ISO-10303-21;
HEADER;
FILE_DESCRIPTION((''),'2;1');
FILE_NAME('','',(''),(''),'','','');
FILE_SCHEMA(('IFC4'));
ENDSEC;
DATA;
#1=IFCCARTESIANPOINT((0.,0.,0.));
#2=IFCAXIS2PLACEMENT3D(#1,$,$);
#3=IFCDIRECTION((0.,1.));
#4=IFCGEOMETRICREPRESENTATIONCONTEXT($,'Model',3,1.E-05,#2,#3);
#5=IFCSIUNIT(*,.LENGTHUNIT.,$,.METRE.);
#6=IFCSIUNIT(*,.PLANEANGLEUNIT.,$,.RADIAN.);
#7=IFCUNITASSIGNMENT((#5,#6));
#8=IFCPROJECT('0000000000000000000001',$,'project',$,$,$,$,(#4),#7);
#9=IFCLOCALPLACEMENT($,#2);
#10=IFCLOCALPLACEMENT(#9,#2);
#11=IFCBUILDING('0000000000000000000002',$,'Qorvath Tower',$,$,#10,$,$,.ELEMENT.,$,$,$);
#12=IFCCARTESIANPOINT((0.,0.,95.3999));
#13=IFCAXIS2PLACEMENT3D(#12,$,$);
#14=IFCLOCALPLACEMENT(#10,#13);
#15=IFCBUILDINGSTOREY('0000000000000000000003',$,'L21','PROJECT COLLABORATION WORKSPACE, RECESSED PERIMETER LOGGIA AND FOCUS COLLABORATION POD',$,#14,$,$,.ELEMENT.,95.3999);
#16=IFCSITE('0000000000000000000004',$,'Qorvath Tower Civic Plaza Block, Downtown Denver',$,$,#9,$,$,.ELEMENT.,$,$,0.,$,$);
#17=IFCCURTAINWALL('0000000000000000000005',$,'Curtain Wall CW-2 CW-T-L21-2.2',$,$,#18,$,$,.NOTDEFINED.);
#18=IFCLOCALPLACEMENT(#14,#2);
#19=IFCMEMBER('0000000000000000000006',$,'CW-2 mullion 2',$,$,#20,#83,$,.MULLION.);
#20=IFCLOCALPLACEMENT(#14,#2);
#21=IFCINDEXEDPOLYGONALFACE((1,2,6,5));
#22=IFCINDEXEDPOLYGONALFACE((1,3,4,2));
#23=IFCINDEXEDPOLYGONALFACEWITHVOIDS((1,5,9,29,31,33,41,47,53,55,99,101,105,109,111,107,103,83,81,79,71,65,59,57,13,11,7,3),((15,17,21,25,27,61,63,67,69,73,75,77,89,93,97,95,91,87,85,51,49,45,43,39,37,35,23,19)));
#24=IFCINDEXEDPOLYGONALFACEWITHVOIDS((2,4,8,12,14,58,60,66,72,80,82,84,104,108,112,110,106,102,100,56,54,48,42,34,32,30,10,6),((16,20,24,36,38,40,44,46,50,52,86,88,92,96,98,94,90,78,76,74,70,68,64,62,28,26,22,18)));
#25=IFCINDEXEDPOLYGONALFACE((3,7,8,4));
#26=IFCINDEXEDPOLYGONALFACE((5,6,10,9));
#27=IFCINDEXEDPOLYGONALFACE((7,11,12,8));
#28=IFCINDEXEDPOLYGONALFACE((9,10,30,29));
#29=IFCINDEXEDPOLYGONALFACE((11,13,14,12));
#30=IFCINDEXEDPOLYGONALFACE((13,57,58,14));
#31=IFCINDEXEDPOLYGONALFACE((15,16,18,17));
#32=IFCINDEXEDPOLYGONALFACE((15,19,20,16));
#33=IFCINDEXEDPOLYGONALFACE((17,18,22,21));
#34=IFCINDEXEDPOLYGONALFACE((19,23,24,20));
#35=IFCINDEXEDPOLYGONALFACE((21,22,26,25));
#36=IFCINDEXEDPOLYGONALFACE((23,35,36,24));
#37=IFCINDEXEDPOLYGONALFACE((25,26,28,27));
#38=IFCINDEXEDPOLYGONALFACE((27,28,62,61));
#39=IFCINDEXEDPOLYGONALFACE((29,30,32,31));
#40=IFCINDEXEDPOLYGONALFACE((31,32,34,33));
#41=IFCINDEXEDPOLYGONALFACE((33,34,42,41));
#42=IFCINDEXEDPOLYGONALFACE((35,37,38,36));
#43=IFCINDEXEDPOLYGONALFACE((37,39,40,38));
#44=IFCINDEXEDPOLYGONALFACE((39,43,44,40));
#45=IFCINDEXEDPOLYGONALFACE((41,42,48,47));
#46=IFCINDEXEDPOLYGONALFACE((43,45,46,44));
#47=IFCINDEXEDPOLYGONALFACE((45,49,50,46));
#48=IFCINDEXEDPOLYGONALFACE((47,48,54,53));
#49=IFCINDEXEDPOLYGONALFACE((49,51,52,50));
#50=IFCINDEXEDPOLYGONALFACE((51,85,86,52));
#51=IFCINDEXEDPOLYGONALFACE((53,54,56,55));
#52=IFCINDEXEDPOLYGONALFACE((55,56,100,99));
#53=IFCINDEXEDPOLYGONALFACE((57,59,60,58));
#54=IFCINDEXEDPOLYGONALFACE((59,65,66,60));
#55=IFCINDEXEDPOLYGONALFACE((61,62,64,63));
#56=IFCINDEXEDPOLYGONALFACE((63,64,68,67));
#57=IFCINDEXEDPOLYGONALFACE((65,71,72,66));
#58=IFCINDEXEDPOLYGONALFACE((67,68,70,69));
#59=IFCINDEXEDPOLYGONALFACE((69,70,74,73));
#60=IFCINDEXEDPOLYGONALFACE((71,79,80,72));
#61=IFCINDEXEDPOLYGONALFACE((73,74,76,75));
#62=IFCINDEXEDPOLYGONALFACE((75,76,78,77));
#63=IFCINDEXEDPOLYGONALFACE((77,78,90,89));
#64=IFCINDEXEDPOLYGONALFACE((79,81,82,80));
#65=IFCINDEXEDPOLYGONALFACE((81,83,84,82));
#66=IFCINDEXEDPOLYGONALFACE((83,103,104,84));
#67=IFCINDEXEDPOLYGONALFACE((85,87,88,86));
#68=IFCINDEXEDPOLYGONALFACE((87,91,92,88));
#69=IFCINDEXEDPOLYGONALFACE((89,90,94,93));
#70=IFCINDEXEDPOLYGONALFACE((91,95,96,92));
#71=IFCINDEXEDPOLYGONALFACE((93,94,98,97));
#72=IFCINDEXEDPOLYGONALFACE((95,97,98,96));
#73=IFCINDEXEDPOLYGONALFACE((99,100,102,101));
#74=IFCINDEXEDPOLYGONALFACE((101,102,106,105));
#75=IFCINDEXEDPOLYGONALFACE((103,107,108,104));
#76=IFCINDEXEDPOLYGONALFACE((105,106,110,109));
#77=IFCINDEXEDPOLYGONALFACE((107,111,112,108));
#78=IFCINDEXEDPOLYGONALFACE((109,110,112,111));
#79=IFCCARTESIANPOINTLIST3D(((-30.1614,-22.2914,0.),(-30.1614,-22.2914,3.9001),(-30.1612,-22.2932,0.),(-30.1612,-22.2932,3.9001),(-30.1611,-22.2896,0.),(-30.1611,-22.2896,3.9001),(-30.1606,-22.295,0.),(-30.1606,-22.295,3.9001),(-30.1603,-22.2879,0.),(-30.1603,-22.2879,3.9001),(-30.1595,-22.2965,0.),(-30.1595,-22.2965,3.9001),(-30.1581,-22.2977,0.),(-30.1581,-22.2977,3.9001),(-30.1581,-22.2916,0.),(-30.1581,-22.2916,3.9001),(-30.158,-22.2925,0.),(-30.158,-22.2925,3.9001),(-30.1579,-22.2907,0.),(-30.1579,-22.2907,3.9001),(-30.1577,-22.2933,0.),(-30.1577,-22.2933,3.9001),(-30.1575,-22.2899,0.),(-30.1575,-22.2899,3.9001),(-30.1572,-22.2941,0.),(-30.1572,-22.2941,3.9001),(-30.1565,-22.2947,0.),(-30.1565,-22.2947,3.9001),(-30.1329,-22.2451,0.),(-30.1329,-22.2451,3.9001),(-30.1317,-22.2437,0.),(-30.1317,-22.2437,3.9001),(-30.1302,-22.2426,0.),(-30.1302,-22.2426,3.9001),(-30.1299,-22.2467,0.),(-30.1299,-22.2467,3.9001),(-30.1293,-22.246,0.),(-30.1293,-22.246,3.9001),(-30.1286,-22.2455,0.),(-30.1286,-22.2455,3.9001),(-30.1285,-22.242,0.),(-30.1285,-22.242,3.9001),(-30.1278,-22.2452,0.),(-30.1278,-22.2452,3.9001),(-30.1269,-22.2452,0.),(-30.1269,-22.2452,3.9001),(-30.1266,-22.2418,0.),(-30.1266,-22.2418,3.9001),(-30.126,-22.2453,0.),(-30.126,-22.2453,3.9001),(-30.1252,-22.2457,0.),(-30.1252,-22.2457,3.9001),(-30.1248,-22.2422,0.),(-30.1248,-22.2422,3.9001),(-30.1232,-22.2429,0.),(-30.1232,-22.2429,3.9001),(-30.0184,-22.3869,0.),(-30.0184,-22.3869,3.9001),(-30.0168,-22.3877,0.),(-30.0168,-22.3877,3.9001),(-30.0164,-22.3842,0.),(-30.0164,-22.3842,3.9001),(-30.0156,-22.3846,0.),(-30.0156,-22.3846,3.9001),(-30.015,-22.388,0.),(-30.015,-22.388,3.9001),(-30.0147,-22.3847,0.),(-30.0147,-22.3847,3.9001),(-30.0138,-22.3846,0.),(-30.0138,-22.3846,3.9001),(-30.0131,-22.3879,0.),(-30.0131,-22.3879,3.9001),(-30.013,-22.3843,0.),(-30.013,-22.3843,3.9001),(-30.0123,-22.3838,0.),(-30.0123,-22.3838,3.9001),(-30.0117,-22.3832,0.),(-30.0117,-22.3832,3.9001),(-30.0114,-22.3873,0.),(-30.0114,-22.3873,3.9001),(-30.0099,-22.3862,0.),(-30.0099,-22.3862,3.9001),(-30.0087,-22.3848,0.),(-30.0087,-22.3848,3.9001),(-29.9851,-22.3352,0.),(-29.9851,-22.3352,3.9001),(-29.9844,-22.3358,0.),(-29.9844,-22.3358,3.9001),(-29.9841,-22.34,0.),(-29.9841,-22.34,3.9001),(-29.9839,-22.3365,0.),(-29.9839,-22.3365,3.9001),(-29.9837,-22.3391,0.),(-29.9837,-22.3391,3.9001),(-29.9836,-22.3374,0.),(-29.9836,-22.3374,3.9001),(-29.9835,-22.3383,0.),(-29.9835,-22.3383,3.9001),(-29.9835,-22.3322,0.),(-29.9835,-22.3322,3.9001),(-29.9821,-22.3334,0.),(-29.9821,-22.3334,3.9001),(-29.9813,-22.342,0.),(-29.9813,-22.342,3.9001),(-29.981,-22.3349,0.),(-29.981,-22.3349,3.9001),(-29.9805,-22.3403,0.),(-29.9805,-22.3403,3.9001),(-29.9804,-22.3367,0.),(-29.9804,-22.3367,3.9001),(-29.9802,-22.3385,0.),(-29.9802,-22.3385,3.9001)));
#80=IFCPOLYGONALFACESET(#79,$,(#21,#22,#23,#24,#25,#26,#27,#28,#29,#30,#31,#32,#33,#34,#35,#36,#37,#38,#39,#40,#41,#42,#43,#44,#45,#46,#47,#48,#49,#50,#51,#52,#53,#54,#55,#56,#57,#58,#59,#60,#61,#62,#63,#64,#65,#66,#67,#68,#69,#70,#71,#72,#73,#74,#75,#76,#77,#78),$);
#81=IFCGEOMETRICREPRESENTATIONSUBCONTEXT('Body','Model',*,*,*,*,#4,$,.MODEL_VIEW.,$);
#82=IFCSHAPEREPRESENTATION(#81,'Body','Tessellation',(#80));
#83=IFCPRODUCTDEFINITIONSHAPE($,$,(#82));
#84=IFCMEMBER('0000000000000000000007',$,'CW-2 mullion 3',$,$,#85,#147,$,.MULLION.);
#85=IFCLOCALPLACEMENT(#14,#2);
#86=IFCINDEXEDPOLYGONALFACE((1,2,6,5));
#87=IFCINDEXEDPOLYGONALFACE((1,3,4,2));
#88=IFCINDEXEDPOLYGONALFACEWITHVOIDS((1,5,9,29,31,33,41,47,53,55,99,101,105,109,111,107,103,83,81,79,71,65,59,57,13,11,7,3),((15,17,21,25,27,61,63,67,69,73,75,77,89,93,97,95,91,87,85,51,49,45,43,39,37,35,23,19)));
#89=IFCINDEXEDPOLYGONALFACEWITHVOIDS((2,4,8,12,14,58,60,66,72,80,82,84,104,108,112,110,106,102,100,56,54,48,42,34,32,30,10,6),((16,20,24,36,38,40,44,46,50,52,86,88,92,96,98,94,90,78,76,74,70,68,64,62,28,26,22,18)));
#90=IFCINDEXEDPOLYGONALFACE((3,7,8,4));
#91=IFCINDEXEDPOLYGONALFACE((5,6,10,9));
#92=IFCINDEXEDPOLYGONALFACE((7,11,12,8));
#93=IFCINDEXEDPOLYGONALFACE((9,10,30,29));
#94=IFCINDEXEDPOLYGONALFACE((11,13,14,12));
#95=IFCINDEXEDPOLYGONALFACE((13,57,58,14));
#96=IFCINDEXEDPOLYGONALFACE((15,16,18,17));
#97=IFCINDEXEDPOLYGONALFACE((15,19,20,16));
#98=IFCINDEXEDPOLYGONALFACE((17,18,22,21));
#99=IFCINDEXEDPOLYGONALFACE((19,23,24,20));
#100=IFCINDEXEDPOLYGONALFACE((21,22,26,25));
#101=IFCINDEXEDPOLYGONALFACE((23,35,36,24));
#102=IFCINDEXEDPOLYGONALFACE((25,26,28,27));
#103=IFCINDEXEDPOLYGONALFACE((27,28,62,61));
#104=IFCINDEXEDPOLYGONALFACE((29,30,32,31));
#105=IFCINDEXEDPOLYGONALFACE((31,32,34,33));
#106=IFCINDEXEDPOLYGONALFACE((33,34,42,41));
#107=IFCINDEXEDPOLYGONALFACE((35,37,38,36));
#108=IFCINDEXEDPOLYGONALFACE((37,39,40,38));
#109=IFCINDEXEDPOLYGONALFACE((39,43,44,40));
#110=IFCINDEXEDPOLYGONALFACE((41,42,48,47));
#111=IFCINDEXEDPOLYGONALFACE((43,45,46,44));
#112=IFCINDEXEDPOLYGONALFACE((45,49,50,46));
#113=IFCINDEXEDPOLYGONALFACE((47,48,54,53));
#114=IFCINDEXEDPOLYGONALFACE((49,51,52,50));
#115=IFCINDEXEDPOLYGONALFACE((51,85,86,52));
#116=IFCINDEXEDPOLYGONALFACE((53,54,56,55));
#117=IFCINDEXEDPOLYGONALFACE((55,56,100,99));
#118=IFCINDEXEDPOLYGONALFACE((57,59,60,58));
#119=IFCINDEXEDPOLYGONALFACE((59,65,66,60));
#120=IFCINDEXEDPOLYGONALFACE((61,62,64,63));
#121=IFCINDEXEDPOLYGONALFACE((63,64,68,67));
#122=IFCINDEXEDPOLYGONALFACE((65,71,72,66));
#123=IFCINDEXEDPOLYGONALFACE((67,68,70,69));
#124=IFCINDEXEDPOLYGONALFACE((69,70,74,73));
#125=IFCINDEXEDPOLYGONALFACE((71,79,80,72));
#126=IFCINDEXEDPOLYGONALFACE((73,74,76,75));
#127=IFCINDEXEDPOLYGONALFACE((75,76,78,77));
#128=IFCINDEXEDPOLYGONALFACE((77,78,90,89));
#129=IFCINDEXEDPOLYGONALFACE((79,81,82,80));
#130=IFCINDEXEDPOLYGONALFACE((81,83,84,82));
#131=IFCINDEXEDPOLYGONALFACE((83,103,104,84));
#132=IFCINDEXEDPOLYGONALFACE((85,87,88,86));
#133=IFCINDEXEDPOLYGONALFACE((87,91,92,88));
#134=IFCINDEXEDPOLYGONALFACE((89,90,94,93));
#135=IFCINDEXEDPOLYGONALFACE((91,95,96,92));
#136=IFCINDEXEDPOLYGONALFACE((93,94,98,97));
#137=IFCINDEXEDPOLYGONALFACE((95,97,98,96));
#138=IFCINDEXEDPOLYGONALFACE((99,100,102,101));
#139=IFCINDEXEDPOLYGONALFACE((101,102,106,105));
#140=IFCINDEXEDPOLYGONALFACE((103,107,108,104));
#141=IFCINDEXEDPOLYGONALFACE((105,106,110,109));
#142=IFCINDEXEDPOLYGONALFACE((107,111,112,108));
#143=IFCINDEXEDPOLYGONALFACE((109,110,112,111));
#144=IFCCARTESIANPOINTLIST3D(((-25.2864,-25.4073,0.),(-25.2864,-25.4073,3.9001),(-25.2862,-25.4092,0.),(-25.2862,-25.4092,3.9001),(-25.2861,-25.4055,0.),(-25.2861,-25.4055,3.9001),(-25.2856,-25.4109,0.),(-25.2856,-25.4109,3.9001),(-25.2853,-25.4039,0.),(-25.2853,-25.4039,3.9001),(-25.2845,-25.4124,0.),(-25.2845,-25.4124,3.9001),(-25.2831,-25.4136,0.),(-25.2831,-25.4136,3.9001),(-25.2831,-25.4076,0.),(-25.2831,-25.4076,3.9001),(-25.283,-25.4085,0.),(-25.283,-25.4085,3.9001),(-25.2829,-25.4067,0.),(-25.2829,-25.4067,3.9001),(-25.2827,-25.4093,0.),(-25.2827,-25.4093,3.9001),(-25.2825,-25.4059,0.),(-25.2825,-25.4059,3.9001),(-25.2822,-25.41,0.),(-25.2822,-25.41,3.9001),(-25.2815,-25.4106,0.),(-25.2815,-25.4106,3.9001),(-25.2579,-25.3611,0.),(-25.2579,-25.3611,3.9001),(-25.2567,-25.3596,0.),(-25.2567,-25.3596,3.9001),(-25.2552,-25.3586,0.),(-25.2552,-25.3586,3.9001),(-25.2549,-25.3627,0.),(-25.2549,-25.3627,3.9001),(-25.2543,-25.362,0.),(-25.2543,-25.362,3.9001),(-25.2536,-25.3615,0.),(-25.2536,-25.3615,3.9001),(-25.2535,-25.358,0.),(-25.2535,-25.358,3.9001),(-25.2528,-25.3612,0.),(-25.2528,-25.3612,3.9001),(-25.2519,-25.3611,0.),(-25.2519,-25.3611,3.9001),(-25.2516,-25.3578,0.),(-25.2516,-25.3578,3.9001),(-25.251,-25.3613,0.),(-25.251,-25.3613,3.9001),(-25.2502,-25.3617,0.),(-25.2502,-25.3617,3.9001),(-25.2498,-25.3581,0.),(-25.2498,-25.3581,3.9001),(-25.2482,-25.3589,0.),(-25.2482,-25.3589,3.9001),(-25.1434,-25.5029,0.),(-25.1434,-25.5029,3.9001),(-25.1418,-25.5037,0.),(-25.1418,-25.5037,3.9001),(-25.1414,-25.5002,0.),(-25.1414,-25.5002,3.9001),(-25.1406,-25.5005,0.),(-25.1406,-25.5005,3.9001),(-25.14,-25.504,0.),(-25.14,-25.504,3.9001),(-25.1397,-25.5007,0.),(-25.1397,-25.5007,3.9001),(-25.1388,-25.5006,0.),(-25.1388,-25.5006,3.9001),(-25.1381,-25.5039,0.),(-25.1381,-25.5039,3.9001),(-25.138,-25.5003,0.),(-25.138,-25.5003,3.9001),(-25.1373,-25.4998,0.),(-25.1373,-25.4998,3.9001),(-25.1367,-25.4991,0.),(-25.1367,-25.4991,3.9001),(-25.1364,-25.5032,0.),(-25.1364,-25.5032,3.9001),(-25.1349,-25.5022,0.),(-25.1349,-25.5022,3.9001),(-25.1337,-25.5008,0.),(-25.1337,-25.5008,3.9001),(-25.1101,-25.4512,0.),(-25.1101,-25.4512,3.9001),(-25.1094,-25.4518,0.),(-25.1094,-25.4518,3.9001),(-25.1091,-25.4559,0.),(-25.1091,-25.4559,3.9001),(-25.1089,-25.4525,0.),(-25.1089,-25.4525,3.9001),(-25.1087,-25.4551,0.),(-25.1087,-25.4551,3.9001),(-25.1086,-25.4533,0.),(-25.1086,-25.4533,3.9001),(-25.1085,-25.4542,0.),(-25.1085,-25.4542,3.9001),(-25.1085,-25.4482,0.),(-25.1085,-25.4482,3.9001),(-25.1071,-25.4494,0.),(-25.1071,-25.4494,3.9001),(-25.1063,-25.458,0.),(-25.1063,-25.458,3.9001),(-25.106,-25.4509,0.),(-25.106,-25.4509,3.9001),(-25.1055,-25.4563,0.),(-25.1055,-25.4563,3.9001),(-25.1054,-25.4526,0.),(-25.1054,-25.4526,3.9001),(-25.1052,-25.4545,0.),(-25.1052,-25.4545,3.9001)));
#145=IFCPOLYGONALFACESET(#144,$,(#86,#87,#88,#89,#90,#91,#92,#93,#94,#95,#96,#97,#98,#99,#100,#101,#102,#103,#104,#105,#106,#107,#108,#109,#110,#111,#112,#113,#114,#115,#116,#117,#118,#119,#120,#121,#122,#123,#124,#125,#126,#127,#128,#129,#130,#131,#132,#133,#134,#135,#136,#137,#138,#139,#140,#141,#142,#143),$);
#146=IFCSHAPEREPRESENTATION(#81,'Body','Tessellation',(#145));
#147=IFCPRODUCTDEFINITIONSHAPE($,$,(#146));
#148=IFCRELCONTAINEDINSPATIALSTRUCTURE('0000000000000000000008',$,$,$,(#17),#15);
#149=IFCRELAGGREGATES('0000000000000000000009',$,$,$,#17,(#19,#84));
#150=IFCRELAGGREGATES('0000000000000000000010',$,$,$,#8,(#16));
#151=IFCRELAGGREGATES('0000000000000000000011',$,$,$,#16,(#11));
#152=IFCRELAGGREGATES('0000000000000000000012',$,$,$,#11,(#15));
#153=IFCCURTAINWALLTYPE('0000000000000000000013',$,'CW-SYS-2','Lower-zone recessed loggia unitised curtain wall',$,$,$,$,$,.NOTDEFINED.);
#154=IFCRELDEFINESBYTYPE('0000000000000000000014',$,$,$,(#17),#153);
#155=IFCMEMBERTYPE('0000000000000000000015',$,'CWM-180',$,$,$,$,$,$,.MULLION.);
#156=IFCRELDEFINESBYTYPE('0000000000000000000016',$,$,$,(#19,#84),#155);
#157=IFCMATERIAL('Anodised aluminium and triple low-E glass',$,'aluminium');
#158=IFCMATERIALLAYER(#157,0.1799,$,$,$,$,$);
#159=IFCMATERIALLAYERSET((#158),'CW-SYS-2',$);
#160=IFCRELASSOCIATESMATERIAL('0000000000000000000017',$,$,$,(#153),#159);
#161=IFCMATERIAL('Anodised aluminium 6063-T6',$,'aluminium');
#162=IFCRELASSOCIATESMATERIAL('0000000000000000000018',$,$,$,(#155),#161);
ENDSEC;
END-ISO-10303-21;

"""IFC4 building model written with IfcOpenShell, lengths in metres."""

from ifc_helpers import new_model, si_unit, direction, frame, origin, origin_2d, place, context, subcontext, project, spatial, hollow_rectangle, extrude, material, layer, layer_set, material_profile, profile_set, type_object, element, aggregate, save


model = new_model("IFC4")

# Units and contexts
model_context = context("Model", 3, precision=1e-05, world=origin(), true_north=direction((0.0, 1.0)))
body_context = subcontext(model_context, "Body", "Model", "MODEL_VIEW")
ifc_project = project(units=[si_unit("LENGTHUNIT", "METRE"), si_unit("PLANEANGLEUNIT", "RADIAN")], contexts=[model_context])

# Site, building, storey
site_placement = place(None, origin())
site = spatial("IfcSite", under=ifc_project, at=site_placement, Name="Qorvath Tower Civic Plaza Block, Downtown Denver", CompositionType="ELEMENT", RefElevation=0.0)
building_placement = place(site_placement, origin())
building = spatial("IfcBuilding", under=site, at=building_placement, Name="Qorvath Tower", CompositionType="ELEMENT")
storey_placement = place(building_placement, frame((0.0, 0.0, 95.3999)))
storey = spatial("IfcBuildingStorey", under=building, at=storey_placement, Name="L21", Description="PROJECT COLLABORATION WORKSPACE, RECESSED PERIMETER LOGGIA AND FOCUS COLLABORATION POD", CompositionType="ELEMENT", Elevation=95.3999)

# Curtain wall, members
ifc_material_1 = material(Name="Anodised aluminium and triple low-E glass", Category="aluminium")
ifc_layer_1 = layer(ifc_material_1, 0.1799)
ifc_layer_set_1 = layer_set([ifc_layer_1], Name="CW-SYS-2")
curtain_wall_type = type_object("IfcCurtainWallType", Name="CW-SYS-2", Description="Lower-zone recessed loggia unitised curtain wall", PredefinedType="NOTDEFINED", material=ifc_layer_set_1)
curtain_wall_placement = place(storey_placement, origin())
curtain_wall = element("IfcCurtainWall", 1, at=curtain_wall_placement, inside=storey, type_object=curtain_wall_type, Name="Curtain Wall CW-2 CW-T-L21-2.2", PredefinedType="NOTDEFINED")
ifc_material_2 = material(Name="Anodised aluminium 6063-T6", Category="aluminium")
ifc_material_profile_1 = material_profile(ifc_material_2, hollow_rectangle(XDim=0.0649, YDim=0.1799, WallThickness=0.0034, InnerFilletRadius=0.0034, OuterFilletRadius=0.0071, at=origin_2d()), Name="CWM 180x65")
ifc_profile_set_1 = profile_set([ifc_material_profile_1], Name="Anodised aluminium 6063-T6")
member_type_1 = type_object("IfcMemberType", Name="CWM-180", PredefinedType="MULLION", material=ifc_profile_set_1)
member_1_placement = place(storey_placement, frame((-30.0708, -22.3149, 0.0), z_axis=(0.0, 0.0, 1.0), x_axis=(0.538539, 0.842601, 0.0)))
member_1 = element("IfcMember", 2, at=member_1_placement, type_object=member_type_1, Name="CW-2 mullion 2", PredefinedType="MULLION", context=body_context, shape_type="SweptSolid", body=[
    extrude(hollow_rectangle(XDim=0.0649, YDim=0.1799, WallThickness=0.0034, InnerFilletRadius=0.0034, OuterFilletRadius=0.0071, at=origin_2d()), origin(), (0.0, 0.0, 1.0), 3.9001),
])
member_2_placement = place(storey_placement, frame((-25.1958, -25.4309, 0.0), z_axis=(0.0, 0.0, 1.0), x_axis=(0.538539, 0.842601, 0.0)))
member_2 = element("IfcMember", 3, at=member_2_placement, type_object=member_type_1, Name="CW-2 mullion 3", PredefinedType="MULLION", context=body_context, shape_type="SweptSolid", body=[
    extrude(hollow_rectangle(XDim=0.0649, YDim=0.1799, WallThickness=0.0034, InnerFilletRadius=0.0034, OuterFilletRadius=0.0071, at=origin_2d()), origin(), (0.0, 0.0, 1.0), 3.9001),
])
aggregate(curtain_wall, [member_1, member_2])

save(model, "model.ifc")
